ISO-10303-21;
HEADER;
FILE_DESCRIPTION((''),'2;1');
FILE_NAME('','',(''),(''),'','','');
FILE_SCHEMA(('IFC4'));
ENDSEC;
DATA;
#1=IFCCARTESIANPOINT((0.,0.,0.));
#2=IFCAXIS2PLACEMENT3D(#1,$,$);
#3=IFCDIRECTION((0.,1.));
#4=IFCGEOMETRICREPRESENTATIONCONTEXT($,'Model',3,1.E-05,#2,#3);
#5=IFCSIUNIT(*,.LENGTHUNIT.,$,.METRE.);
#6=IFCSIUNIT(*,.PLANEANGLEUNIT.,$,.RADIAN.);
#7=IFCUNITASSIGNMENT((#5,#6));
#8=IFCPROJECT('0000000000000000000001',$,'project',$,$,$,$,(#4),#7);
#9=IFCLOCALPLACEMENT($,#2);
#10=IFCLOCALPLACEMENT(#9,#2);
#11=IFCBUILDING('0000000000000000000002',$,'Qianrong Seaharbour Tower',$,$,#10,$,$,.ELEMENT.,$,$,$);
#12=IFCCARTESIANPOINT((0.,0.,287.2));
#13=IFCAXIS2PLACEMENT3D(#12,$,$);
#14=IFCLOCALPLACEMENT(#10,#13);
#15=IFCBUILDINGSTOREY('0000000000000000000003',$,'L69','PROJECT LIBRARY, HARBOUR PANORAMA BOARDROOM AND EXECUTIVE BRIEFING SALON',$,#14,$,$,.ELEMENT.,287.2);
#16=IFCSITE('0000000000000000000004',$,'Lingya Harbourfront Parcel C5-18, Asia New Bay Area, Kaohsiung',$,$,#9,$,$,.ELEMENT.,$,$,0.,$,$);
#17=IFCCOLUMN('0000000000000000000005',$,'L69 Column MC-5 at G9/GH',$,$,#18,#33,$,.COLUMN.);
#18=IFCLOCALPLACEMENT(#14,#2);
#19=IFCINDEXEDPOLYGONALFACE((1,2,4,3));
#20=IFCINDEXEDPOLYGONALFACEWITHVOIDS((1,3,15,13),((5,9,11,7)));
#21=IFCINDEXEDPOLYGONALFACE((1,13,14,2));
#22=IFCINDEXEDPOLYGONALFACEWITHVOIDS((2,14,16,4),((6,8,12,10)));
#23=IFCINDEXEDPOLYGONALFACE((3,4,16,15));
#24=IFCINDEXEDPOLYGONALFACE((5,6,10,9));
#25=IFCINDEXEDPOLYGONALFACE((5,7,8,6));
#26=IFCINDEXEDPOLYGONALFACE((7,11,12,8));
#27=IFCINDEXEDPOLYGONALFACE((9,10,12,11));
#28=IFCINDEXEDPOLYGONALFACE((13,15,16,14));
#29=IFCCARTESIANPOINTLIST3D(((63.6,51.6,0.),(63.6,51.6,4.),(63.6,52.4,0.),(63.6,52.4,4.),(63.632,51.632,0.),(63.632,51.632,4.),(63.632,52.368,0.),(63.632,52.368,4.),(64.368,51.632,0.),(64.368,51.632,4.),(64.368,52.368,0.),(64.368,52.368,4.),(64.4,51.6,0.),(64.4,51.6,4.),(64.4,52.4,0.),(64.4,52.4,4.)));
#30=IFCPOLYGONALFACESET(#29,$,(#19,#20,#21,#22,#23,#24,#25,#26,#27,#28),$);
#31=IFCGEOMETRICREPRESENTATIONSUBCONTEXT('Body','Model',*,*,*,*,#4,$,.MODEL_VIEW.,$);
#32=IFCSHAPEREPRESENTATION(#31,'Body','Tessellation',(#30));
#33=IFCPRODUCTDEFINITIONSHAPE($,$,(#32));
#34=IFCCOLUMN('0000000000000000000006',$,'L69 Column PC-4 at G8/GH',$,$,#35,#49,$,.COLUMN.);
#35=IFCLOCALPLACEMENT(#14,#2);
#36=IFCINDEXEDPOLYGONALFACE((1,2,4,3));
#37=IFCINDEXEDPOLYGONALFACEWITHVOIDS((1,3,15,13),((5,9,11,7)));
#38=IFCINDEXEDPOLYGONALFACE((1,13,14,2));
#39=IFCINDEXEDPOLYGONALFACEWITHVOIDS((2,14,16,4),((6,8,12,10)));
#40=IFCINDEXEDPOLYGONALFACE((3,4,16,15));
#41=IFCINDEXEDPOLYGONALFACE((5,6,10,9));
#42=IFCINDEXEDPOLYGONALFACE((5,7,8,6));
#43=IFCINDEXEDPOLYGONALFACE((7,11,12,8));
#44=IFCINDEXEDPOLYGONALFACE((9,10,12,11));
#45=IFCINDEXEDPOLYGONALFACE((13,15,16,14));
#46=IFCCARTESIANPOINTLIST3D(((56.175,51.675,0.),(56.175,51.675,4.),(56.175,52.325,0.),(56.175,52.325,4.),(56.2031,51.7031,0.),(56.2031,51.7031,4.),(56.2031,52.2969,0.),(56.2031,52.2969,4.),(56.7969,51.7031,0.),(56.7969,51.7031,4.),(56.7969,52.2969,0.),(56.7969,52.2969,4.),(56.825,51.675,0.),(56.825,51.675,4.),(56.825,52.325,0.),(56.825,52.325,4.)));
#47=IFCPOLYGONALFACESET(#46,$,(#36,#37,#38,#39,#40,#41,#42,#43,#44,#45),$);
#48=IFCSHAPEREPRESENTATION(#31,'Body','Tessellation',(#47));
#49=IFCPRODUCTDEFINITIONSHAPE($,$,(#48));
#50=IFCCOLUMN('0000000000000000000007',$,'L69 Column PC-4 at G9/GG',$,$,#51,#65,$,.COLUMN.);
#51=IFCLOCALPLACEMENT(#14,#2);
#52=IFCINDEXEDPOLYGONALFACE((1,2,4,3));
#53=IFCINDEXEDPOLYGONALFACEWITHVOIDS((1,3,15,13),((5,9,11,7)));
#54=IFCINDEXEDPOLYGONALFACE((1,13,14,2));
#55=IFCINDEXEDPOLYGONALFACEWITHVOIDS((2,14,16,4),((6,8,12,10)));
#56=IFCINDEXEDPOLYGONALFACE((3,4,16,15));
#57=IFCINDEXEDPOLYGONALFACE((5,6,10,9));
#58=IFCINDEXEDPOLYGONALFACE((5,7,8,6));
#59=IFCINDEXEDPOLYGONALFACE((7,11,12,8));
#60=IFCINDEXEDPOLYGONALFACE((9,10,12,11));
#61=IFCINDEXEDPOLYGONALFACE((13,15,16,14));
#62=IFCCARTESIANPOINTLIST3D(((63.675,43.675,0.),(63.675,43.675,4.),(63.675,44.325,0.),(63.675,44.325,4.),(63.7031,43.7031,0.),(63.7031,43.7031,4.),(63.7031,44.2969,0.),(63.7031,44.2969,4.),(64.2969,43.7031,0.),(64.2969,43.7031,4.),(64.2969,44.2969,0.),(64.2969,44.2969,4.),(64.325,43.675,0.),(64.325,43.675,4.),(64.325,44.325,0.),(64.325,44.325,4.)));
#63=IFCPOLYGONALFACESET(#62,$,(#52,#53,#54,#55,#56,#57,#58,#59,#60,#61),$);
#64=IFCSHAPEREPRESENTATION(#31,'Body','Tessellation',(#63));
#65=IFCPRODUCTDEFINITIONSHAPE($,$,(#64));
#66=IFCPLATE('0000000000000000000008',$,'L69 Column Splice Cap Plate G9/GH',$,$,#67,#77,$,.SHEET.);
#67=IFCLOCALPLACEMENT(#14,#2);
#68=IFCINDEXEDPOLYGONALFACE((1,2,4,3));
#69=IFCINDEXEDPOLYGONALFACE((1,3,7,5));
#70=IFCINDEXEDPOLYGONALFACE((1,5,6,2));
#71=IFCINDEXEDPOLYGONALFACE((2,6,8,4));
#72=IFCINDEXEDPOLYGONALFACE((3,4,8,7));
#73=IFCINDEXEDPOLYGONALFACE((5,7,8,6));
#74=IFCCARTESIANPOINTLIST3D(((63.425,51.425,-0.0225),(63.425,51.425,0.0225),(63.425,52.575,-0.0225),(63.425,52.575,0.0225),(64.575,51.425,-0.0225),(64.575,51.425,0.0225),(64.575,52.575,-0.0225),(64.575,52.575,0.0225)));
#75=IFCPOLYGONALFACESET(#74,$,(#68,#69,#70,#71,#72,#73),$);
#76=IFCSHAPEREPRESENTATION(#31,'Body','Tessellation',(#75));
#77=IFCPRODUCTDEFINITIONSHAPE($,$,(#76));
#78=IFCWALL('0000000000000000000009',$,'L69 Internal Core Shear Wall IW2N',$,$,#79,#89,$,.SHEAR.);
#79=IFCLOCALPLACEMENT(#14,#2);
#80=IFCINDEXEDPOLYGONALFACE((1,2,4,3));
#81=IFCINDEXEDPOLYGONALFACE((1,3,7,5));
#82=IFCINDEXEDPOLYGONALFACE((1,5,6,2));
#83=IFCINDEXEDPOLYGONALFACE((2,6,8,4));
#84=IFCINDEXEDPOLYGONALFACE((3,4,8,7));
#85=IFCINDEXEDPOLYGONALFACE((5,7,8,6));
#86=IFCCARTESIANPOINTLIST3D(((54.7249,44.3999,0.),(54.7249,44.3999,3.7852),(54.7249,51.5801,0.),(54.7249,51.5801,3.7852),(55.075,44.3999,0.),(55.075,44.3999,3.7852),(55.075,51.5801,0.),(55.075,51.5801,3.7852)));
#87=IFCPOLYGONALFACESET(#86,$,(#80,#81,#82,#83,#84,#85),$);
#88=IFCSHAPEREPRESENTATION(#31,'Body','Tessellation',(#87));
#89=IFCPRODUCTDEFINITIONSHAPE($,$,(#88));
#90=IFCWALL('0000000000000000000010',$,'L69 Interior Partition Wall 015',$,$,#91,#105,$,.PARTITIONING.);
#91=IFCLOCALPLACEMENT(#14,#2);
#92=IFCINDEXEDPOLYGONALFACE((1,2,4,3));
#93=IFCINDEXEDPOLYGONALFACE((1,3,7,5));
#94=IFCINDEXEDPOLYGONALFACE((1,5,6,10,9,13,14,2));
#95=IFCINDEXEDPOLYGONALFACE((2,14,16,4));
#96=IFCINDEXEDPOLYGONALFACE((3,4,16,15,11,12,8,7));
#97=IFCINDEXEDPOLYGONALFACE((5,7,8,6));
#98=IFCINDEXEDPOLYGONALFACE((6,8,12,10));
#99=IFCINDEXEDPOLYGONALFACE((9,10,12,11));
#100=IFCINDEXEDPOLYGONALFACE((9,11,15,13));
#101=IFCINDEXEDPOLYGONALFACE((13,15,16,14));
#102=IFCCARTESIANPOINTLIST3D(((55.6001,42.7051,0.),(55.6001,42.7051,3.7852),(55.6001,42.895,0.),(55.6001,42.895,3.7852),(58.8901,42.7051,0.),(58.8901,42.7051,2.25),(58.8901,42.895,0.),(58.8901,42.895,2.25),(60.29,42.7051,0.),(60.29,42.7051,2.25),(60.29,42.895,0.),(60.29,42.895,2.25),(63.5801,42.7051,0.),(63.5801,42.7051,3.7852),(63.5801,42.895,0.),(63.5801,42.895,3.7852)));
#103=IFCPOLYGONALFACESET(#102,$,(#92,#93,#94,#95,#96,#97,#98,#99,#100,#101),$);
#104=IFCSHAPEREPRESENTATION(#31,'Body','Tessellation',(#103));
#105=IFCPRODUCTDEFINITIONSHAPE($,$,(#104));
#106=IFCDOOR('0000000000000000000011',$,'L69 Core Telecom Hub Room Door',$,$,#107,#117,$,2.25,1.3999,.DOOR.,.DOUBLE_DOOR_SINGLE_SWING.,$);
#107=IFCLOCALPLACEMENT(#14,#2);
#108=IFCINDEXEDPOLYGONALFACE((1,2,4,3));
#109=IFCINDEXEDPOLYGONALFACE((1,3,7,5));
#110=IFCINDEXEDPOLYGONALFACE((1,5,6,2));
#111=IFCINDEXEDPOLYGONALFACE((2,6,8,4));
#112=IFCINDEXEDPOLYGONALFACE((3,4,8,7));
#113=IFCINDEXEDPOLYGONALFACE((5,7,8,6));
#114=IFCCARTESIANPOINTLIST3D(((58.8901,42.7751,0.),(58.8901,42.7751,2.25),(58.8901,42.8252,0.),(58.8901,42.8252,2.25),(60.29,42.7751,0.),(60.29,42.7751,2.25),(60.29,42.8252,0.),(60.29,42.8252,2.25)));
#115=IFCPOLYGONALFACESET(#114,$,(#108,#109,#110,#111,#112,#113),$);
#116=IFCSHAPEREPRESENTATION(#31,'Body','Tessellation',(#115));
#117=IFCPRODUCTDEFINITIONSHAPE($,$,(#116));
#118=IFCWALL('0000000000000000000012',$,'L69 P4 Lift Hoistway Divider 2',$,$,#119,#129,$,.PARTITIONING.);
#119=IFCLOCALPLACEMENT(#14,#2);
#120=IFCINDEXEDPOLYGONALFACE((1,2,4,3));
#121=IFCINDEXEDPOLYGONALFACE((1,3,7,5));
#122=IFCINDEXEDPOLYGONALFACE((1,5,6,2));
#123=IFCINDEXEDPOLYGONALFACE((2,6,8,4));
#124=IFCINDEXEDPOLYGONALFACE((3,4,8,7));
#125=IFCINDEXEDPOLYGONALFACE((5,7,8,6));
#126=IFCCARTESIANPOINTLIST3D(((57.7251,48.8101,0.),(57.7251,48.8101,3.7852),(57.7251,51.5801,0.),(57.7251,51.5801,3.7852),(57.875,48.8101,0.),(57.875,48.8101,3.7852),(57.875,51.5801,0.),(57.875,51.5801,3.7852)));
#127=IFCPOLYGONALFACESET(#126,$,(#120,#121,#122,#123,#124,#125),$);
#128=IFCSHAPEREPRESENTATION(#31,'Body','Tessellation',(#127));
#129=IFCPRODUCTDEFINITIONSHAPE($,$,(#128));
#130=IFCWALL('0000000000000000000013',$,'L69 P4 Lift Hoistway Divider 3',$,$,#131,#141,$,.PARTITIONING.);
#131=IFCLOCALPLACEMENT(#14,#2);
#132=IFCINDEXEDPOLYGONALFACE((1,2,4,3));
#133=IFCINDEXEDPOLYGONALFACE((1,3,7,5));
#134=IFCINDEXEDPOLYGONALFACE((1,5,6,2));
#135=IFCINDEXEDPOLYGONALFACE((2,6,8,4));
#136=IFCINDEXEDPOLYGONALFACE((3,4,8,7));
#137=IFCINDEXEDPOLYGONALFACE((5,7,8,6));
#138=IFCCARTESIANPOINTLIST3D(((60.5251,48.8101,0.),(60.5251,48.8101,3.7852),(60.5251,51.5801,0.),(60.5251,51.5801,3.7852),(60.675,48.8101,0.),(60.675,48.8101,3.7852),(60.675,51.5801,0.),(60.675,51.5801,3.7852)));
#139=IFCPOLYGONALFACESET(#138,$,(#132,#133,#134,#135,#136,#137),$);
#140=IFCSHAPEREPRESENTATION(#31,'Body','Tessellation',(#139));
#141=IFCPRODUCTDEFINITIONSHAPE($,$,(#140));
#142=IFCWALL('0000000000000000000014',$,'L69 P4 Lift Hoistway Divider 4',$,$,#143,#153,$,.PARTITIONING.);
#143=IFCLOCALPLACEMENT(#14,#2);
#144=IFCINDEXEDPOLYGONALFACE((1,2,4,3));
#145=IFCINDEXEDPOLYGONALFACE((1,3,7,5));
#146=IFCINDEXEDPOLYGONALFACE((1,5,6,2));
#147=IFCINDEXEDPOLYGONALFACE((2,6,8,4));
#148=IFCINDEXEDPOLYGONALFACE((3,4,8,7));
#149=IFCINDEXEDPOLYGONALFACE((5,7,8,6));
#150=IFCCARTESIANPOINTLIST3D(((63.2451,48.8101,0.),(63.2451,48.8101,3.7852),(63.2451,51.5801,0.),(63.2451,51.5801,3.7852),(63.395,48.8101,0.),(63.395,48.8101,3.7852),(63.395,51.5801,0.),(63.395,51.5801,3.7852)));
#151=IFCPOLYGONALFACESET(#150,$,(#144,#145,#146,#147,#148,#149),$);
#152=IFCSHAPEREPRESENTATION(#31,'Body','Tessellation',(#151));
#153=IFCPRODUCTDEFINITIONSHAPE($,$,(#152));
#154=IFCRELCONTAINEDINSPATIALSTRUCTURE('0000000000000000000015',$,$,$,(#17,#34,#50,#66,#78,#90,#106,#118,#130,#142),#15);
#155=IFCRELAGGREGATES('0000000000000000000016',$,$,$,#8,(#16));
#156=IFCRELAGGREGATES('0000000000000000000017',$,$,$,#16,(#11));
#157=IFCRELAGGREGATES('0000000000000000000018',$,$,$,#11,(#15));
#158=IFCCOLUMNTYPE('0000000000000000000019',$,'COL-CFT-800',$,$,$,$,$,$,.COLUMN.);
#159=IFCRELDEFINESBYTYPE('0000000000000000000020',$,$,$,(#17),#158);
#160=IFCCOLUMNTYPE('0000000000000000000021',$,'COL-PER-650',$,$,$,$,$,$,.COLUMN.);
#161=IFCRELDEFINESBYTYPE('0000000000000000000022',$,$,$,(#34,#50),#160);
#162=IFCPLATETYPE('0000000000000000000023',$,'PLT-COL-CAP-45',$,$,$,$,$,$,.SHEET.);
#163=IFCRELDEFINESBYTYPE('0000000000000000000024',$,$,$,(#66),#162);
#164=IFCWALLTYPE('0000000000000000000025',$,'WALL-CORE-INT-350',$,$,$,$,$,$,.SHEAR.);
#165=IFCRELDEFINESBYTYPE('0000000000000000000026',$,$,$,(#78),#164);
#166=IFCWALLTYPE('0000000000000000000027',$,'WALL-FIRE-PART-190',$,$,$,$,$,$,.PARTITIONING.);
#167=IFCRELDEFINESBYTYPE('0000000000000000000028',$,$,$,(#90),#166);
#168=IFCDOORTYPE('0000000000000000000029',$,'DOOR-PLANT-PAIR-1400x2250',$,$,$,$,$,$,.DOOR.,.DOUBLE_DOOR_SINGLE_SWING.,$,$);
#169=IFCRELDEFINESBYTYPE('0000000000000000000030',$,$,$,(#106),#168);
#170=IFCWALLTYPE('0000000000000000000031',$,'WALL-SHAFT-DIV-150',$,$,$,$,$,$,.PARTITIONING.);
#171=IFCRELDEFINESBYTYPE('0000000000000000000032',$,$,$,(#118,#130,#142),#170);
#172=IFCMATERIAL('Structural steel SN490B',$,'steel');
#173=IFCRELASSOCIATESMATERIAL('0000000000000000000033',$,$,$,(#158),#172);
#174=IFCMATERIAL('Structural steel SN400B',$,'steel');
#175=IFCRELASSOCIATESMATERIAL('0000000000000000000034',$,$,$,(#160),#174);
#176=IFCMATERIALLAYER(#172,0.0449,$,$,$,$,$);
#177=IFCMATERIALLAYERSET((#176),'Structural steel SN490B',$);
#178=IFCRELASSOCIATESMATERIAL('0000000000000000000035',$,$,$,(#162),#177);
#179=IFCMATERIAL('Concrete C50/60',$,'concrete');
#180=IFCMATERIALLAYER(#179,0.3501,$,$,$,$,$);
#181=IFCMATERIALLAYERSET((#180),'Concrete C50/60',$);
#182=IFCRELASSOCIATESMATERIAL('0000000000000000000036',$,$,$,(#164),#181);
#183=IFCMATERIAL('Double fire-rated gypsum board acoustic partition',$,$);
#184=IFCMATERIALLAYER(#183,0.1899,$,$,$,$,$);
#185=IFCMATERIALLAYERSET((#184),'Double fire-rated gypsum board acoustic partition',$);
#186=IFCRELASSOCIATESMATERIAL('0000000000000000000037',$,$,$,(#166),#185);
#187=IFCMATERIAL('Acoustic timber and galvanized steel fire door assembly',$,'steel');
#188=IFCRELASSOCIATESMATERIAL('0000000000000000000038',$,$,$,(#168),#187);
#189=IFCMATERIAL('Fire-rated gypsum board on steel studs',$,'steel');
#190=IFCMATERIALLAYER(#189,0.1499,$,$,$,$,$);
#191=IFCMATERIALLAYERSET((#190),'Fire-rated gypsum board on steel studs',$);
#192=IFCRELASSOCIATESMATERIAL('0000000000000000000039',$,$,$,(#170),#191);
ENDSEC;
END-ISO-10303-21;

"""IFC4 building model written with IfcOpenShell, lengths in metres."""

from ifc_helpers import new_model, si_unit, direction, frame, frame_2d, origin, origin_2d, place, context, subcontext, project, spatial, rectangle, hollow_rectangle, extrude, material, layer, layer_set, material_profile, profile_set, type_object, element, fill, save


model = new_model("IFC4")

# Units and contexts
model_context = context("Model", 3, precision=1e-05, world=origin(), true_north=direction((0.0, 1.0)))
body_context = subcontext(model_context, "Body", "Model", "MODEL_VIEW")
ifc_project = project(units=[si_unit("LENGTHUNIT", "METRE"), si_unit("PLANEANGLEUNIT", "RADIAN")], contexts=[model_context])

# Site, building, storey
site_placement = place(None, origin())
site = spatial("IfcSite", under=ifc_project, at=site_placement, Name="Lingya Harbourfront Parcel C5-18, Asia New Bay Area, Kaohsiung", CompositionType="ELEMENT", RefElevation=0.0)
building_placement = place(site_placement, origin())
building = spatial("IfcBuilding", under=site, at=building_placement, Name="Qianrong Seaharbour Tower", CompositionType="ELEMENT")
storey_placement = place(building_placement, frame((0.0, 0.0, 287.2)))
storey = spatial("IfcBuildingStorey", under=building, at=storey_placement, Name="L69", Description="PROJECT LIBRARY, HARBOUR PANORAMA BOARDROOM AND EXECUTIVE BRIEFING SALON", CompositionType="ELEMENT", Elevation=287.2)

# Columns
ifc_material_1 = material(Name="Structural steel SN490B", Category="steel")
ifc_material_profile_1 = material_profile(ifc_material_1, hollow_rectangle(XDim=0.8, YDim=0.8, WallThickness=0.032, at=origin_2d()), Name="BOX800x800x32")
ifc_profile_set_1 = profile_set([ifc_material_profile_1], Name="Structural steel SN490B")
column_type_1 = type_object("IfcColumnType", Name="COL-CFT-800", PredefinedType="COLUMN", material=ifc_profile_set_1)
column_placement = place(storey_placement, frame((64.0, 52.0, 0.0), z_axis=(0.0, 0.0, 1.0), x_axis=(1.0, 0.0, 0.0)))
element("IfcColumn", 1, at=column_placement, inside=storey, type_object=column_type_1, Name="L69 Column MC-5 at G9/GH", PredefinedType="COLUMN", context=body_context, shape_type="SweptSolid", body=[
    extrude(hollow_rectangle(XDim=0.8, YDim=0.8, WallThickness=0.032, at=origin_2d()), origin(), (0.0, 0.0, 1.0), 4.0),
])
ifc_material_2 = material(Name="Structural steel SN400B", Category="steel")
ifc_material_profile_2 = material_profile(ifc_material_2, hollow_rectangle(XDim=0.6499, YDim=0.6499, WallThickness=0.0281, at=origin_2d()), Name="BOX650x650x28")
ifc_profile_set_2 = profile_set([ifc_material_profile_2], Name="Structural steel SN400B")
column_type_2 = type_object("IfcColumnType", Name="COL-PER-650", PredefinedType="COLUMN", material=ifc_profile_set_2)
for number, where, z_axis, x_axis, name in (
    (2, (56.5, 52.0, 0.0), (0.0, 0.0, 1.0), (1.0, 0.0, 0.0), "L69 Column PC-4 at G8/GH"),
    (3, (64.0, 44.0, 0.0), (0.0, 0.0, 1.0), (1.0, 0.0, 0.0), "L69 Column PC-4 at G9/GG"),
):
    element("IfcColumn", number, at=place(storey_placement, frame(where, z_axis=z_axis, x_axis=x_axis)), inside=storey, type_object=column_type_2, Name=name, PredefinedType="COLUMN", context=body_context, shape_type="SweptSolid", body=[
        extrude(hollow_rectangle(XDim=0.6499, YDim=0.6499, WallThickness=0.0281, at=origin_2d()), origin(), (0.0, 0.0, 1.0), 4.0),
    ])

# Plate
ifc_layer_1 = layer(ifc_material_1, 0.0449)
ifc_layer_set_1 = layer_set([ifc_layer_1], Name="Structural steel SN490B")
plate_type = type_object("IfcPlateType", Name="PLT-COL-CAP-45", PredefinedType="SHEET", material=ifc_layer_set_1)
plate_placement = place(storey_placement, frame((64.0, 52.0, -0.0225), z_axis=(0.0, 0.0, 1.0), x_axis=(1.0, 0.0, 0.0)))
element("IfcPlate", 4, at=plate_placement, inside=storey, type_object=plate_type, Name="L69 Column Splice Cap Plate G9/GH", PredefinedType="SHEET", context=body_context, shape_type="SweptSolid", body=[
    extrude(rectangle(XDim=1.1499, YDim=1.1499, at=origin_2d()), origin(), (0.0, 0.0, 1.0), 0.0449),
])

# Wall
ifc_material_3 = material(Name="Concrete C50/60", Category="concrete")
ifc_layer_2 = layer(ifc_material_3, 0.3501)
ifc_layer_set_2 = layer_set([ifc_layer_2], Name="Concrete C50/60")
wall_type_1 = type_object("IfcWallType", Name="WALL-CORE-INT-350", PredefinedType="SHEAR", material=ifc_layer_set_2)
wall_1_placement = place(storey_placement, frame((54.8999, 44.3999, 0.0), z_axis=(0.0, 0.0, 1.0), x_axis=(0.0, 1.0, 0.0)))
element("IfcWall", 5, at=wall_1_placement, inside=storey, type_object=wall_type_1, Name="L69 Internal Core Shear Wall IW2N", PredefinedType="SHEAR", context=body_context, shape_type="SweptSolid", body=[
    extrude(rectangle(XDim=7.1802, YDim=0.3501, at=frame_2d((3.5901, 0.0))), origin(), (0.0, 0.0, 1.0), 3.7852),
])

# Wall, opening, door
ifc_material_4 = material(Name="Double fire-rated gypsum board acoustic partition")
ifc_layer_3 = layer(ifc_material_4, 0.1899)
ifc_layer_set_3 = layer_set([ifc_layer_3], Name="Double fire-rated gypsum board acoustic partition")
wall_type_2 = type_object("IfcWallType", Name="WALL-FIRE-PART-190", PredefinedType="PARTITIONING", material=ifc_layer_set_3)
ifc_material_5 = material(Name="Acoustic timber and galvanized steel fire door assembly", Category="steel")
wall_2_placement = place(storey_placement, frame((63.5801, 42.8, 0.0), z_axis=(0.0, 0.0, 1.0), x_axis=(-1.0, 0.0, 0.0)))
wall_2 = element("IfcWall", 6, at=wall_2_placement, inside=storey, type_object=wall_type_2, Name="L69 Interior Partition Wall 015", PredefinedType="PARTITIONING", context=body_context, shape_type="SweptSolid", body=[
    extrude(rectangle(XDim=7.98, YDim=0.1899, at=frame_2d((3.99, 0.0))), origin(), (0.0, 0.0, 1.0), 3.7852),
])
opening_1_placement = place(wall_2_placement, frame((3.29, 0.0, 0.0)))
opening_1 = element("IfcOpeningElement", 7, at=opening_1_placement, cuts=wall_2, PredefinedType="OPENING", context=body_context, shape_type="SweptSolid", body=[
    extrude(rectangle(XDim=1.3999, YDim=2.25, at=frame_2d((0.7, 1.125))), frame((0.0, 0.105, 0.0), z_axis=(0.0, -1.0, 0.0), x_axis=(1.0, 0.0, 0.0)), (0.0, 0.0, 1.0), 0.21),
])
door_type_1 = type_object("IfcDoorType", Name="DOOR-PLANT-PAIR-1400x2250", OperationType="DOUBLE_DOOR_SINGLE_SWING", PredefinedType="DOOR", material=ifc_material_5)
door_1_placement = place(opening_1_placement, origin())
door_1 = element("IfcDoor", 8, at=door_1_placement, inside=storey, type_object=door_type_1, Name="L69 Core Telecom Hub Room Door", OperationType="DOUBLE_DOOR_SINGLE_SWING", OverallHeight=2.25, OverallWidth=1.3999, PredefinedType="DOOR", context=body_context, shape_type="SweptSolid", body=[
    extrude(rectangle(XDim=1.3999, YDim=2.25, at=frame_2d((0.7, 1.125))), frame((0.0, 0.0249, 0.0), z_axis=(0.0, -1.0, 0.0), x_axis=(1.0, 0.0, 0.0)), (0.0, 0.0, 1.0), 0.05),
])
fill(opening_1, door_1)

# Walls
ifc_material_6 = material(Name="Fire-rated gypsum board on steel studs", Category="steel")
ifc_layer_4 = layer(ifc_material_6, 0.1499)
ifc_layer_set_4 = layer_set([ifc_layer_4], Name="Fire-rated gypsum board on steel studs")
wall_type_3 = type_object("IfcWallType", Name="WALL-SHAFT-DIV-150", PredefinedType="PARTITIONING", material=ifc_layer_set_4)
for number, where, z_axis, x_axis, name in (
    (9, (57.8, 48.8101, 0.0), (0.0, 0.0, 1.0), (0.0, 1.0, 0.0), "L69 P4 Lift Hoistway Divider 2"),
    (10, (60.6001, 48.8101, 0.0), (0.0, 0.0, 1.0), (0.0, 1.0, 0.0), "L69 P4 Lift Hoistway Divider 3"),
    (11, (63.3201, 48.8101, 0.0), (0.0, 0.0, 1.0), (0.0, 1.0, 0.0), "L69 P4 Lift Hoistway Divider 4"),
):
    element("IfcWall", number, at=place(storey_placement, frame(where, z_axis=z_axis, x_axis=x_axis)), inside=storey, type_object=wall_type_3, Name=name, PredefinedType="PARTITIONING", context=body_context, shape_type="SweptSolid", body=[
        extrude(rectangle(XDim=2.77, YDim=0.1499, at=frame_2d((1.385, 0.0))), origin(), (0.0, 0.0, 1.0), 3.7852),
    ])

save(model, "model.ifc")
